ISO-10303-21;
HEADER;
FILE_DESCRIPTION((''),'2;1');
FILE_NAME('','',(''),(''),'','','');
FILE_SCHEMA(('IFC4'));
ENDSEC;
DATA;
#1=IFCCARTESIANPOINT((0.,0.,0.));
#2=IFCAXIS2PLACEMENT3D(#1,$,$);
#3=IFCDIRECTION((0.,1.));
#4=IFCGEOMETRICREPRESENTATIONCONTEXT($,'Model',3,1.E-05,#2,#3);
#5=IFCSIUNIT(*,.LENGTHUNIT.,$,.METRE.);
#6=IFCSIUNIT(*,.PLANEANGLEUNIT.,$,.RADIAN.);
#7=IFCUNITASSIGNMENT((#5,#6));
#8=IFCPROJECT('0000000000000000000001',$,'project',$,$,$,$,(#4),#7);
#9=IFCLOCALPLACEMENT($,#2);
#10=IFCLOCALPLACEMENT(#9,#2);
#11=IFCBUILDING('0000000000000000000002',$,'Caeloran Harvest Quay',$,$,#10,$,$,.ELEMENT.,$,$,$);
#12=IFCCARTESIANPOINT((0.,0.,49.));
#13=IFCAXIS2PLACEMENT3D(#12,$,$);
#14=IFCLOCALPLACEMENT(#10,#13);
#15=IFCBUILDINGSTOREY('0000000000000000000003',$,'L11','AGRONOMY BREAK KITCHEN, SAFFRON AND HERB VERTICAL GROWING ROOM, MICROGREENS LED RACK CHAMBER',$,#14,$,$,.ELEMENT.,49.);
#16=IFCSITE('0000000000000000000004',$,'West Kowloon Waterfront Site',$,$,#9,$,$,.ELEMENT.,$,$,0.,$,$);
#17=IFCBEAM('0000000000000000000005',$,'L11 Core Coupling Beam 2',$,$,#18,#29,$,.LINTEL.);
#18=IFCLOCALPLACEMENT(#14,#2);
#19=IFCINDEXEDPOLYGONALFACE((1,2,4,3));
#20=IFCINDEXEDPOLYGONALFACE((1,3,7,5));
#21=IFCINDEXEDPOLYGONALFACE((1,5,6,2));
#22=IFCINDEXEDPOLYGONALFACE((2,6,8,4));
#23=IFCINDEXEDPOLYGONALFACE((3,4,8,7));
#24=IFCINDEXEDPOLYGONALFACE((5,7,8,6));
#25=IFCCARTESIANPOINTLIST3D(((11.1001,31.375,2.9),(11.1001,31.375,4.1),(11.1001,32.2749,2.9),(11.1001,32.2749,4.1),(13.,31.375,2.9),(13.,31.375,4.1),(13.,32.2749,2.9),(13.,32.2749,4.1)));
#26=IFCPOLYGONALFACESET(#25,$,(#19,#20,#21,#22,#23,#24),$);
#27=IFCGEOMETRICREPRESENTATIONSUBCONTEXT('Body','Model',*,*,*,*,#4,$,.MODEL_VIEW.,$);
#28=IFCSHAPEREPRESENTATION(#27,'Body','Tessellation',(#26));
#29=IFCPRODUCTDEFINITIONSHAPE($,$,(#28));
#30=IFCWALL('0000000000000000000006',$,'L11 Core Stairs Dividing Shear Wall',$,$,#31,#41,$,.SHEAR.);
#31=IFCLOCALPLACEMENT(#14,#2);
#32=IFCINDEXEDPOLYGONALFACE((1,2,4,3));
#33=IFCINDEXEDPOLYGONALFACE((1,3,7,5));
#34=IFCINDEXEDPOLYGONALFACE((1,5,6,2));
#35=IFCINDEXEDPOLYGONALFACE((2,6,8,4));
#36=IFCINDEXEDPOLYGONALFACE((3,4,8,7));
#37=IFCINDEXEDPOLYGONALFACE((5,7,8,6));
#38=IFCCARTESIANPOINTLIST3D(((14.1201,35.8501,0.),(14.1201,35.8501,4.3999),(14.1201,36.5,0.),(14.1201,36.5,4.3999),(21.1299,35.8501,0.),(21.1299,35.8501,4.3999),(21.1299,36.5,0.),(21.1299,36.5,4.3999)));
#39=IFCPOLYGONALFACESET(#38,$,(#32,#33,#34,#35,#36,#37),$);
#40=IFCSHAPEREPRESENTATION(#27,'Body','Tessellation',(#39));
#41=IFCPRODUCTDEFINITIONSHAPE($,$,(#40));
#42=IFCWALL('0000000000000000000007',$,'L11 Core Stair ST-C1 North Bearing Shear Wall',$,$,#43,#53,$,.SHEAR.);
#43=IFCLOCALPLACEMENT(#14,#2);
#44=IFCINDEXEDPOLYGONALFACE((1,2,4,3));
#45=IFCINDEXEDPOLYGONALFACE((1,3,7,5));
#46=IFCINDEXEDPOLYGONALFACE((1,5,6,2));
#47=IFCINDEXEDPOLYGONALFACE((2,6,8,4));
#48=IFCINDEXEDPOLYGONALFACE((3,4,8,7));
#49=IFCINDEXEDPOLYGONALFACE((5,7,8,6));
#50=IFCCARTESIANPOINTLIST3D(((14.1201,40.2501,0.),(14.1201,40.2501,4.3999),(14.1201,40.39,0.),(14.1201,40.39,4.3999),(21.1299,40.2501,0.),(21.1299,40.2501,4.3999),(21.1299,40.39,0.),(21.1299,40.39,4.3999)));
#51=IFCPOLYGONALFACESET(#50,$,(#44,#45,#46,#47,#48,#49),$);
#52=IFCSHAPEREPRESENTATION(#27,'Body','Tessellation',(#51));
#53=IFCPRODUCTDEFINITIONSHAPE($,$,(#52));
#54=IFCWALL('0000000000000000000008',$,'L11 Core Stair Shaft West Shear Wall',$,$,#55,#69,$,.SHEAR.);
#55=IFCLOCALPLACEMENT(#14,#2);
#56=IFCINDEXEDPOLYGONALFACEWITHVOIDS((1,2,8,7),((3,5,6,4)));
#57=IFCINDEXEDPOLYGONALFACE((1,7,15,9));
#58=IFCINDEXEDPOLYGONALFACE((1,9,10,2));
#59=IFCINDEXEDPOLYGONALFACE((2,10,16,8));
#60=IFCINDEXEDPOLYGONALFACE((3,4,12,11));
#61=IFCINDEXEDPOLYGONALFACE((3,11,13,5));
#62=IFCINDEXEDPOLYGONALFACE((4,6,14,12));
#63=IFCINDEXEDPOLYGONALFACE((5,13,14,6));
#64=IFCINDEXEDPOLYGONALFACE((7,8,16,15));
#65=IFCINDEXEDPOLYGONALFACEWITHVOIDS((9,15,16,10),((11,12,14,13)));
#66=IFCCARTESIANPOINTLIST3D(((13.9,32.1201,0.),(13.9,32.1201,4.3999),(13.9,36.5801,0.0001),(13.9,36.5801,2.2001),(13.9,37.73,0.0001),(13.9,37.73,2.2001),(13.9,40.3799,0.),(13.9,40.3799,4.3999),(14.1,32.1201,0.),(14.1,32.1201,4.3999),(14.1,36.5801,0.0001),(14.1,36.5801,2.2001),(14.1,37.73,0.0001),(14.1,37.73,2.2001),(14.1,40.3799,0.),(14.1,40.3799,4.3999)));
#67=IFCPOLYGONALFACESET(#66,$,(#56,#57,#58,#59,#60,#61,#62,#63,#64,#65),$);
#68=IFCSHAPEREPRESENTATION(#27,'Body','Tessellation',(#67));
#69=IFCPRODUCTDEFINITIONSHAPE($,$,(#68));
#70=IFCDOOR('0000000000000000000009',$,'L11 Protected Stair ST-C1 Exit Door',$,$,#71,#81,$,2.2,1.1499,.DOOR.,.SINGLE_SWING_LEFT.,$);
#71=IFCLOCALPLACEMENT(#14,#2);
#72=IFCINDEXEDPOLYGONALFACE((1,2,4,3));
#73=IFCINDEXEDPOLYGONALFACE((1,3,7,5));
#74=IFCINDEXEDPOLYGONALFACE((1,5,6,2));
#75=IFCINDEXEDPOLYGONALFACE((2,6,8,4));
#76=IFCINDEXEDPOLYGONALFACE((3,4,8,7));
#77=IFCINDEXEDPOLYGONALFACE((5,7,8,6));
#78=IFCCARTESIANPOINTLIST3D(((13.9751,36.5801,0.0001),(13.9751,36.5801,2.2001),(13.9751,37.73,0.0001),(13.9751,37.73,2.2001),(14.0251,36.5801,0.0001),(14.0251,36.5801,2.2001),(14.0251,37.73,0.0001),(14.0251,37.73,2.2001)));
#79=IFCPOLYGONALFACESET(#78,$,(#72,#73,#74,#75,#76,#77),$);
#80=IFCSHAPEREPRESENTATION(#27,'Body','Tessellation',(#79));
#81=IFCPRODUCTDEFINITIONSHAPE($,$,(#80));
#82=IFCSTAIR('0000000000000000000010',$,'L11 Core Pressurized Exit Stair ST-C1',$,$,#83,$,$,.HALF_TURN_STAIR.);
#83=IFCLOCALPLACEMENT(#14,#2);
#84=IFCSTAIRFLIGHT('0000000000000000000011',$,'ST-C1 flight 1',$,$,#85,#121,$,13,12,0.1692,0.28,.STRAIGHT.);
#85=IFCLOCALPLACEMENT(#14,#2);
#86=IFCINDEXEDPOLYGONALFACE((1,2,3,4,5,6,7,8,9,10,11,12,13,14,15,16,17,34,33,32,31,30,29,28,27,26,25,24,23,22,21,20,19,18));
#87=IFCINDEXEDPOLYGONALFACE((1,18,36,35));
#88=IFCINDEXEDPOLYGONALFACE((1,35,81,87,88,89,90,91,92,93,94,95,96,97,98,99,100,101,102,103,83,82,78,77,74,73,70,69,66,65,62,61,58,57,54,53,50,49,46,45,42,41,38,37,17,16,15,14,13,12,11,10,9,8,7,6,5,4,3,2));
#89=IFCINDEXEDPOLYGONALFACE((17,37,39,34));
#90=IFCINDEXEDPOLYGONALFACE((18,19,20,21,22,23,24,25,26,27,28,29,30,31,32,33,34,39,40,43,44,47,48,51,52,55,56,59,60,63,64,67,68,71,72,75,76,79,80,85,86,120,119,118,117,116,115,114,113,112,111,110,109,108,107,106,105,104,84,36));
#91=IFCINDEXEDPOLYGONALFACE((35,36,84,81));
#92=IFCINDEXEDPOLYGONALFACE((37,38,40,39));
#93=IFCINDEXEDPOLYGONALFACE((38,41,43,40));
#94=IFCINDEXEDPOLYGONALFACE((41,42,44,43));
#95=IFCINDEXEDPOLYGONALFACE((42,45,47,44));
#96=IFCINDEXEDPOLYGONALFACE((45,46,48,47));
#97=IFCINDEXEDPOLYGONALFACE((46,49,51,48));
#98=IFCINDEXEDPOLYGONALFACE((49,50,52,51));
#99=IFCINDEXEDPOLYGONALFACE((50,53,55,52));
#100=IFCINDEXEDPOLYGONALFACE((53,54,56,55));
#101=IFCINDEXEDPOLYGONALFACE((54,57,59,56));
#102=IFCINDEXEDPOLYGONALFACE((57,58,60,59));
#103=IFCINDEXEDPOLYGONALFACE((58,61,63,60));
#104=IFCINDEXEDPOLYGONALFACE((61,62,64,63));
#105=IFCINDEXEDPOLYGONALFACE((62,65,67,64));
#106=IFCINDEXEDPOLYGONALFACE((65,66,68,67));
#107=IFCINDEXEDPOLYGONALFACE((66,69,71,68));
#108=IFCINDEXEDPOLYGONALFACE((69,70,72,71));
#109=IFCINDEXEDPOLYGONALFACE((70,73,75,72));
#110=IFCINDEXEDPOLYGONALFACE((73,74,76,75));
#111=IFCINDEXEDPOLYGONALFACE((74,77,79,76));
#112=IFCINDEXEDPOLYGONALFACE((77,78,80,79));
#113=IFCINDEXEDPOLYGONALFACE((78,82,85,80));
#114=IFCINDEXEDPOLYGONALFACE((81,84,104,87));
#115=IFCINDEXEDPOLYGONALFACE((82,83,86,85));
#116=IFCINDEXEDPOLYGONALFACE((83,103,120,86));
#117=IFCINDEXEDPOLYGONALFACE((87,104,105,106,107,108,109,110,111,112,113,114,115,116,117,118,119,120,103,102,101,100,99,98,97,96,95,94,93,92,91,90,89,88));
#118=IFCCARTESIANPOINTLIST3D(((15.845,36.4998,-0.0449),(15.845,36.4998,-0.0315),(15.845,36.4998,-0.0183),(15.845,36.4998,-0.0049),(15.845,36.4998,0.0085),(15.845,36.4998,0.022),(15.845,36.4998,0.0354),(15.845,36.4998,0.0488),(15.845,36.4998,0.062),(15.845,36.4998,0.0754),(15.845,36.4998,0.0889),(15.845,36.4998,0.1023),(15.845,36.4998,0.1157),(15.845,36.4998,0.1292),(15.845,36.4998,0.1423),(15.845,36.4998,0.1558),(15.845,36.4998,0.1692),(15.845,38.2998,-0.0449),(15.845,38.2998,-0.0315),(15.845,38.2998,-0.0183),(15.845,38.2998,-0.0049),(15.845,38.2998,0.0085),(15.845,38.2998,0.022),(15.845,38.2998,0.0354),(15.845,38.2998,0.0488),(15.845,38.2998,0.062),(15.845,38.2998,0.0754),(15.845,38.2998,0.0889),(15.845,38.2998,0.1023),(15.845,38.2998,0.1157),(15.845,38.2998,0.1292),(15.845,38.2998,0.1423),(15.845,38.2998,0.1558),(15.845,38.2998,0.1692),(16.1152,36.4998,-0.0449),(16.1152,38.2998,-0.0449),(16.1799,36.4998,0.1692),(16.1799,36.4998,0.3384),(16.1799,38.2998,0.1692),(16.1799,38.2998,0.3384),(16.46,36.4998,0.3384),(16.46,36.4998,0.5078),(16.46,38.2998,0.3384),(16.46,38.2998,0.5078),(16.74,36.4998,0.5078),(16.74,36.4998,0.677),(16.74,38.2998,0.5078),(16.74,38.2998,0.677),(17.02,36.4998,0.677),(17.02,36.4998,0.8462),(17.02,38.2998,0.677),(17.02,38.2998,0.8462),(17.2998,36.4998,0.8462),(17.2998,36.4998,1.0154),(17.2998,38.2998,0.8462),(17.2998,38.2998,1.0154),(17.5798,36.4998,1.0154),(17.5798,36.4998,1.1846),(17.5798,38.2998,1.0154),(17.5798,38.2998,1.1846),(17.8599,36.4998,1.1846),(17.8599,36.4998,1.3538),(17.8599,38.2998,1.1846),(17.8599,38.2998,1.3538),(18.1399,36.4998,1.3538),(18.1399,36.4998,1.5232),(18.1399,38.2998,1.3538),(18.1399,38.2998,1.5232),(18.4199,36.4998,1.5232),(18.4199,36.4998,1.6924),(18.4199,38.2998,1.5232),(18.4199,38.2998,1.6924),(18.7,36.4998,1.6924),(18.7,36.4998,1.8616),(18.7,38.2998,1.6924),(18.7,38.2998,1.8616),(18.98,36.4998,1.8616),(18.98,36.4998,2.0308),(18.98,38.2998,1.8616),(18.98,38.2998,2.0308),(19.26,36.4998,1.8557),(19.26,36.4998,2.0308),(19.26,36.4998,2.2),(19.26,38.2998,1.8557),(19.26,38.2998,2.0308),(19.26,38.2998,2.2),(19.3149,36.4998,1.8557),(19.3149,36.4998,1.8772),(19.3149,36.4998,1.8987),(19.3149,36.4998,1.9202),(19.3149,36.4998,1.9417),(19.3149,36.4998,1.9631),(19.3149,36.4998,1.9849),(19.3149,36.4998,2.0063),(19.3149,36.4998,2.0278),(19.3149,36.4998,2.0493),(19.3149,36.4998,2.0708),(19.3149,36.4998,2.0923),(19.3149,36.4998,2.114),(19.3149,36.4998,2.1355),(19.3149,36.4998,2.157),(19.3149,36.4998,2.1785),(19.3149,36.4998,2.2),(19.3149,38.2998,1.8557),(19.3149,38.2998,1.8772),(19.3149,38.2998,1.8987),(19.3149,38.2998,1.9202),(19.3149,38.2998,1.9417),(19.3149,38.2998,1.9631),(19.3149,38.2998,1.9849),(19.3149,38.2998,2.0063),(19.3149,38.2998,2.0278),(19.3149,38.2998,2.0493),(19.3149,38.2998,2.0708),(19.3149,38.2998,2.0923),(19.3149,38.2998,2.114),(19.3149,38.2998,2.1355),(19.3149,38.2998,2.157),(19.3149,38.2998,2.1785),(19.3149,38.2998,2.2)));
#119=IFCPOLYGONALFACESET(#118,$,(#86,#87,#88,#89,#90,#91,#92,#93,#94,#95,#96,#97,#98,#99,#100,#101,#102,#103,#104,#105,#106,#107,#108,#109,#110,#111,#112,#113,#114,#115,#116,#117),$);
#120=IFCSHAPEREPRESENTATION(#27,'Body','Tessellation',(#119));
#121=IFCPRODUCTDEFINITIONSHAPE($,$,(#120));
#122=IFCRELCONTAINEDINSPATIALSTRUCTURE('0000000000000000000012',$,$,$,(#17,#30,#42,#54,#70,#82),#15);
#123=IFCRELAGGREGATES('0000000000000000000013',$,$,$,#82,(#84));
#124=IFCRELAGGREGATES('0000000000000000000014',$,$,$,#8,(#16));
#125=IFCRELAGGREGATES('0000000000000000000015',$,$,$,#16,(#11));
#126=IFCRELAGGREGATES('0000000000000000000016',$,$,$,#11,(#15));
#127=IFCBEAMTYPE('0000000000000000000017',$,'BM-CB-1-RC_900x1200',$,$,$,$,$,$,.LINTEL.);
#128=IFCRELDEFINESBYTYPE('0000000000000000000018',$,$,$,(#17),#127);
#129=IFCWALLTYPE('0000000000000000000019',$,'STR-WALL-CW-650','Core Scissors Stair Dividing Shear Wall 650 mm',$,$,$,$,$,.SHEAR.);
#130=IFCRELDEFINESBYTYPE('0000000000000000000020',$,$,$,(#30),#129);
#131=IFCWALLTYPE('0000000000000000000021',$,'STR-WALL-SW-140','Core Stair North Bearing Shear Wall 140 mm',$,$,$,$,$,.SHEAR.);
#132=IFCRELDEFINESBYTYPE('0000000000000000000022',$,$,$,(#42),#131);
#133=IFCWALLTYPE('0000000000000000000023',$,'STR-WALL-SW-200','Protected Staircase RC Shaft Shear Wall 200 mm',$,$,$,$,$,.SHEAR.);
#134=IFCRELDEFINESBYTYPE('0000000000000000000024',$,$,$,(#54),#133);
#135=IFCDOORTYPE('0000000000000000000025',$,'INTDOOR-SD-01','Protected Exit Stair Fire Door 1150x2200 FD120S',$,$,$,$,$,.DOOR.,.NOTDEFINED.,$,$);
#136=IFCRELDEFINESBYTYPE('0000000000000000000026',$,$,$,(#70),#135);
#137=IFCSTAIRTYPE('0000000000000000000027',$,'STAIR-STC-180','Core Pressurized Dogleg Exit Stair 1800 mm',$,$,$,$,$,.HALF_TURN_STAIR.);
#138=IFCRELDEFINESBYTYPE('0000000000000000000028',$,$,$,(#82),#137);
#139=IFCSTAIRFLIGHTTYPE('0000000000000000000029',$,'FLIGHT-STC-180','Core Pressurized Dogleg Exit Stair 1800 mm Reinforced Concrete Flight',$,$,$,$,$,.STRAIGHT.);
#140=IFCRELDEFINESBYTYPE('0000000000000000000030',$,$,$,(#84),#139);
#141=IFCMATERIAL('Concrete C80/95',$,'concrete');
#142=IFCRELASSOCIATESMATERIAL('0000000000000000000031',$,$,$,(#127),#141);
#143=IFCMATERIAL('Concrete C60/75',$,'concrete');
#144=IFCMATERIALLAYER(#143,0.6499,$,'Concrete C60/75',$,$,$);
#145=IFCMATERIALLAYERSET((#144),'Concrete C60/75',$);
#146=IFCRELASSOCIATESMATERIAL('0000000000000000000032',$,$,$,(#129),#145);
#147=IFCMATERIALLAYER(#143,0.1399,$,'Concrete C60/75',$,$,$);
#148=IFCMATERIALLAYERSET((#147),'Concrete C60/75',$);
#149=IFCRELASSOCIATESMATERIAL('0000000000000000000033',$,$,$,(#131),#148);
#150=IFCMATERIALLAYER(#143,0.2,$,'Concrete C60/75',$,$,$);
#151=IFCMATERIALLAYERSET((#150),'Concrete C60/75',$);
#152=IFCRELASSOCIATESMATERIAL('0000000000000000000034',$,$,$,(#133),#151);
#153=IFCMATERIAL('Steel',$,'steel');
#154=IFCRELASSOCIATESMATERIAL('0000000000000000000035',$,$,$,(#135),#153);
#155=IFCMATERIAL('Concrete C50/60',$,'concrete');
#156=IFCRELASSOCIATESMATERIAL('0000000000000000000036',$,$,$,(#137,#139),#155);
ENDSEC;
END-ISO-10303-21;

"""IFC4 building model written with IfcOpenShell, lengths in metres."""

from ifc_helpers import new_model, si_unit, direction, frame, frame_2d, origin, origin_2d, place, context, subcontext, project, spatial, polyline, rectangle, outline, extrude, material, layer, layer_set, material_profile, profile_set, type_object, element, fill, aggregate, save


model = new_model("IFC4")

# Units and contexts
model_context = context("Model", 3, precision=1e-05, world=origin(), true_north=direction((0.0, 1.0)))
body_context = subcontext(model_context, "Body", "Model", "MODEL_VIEW")
ifc_project = project(units=[si_unit("LENGTHUNIT", "METRE"), si_unit("PLANEANGLEUNIT", "RADIAN")], contexts=[model_context])

# Site, building, storey
site_placement = place(None, origin())
site = spatial("IfcSite", under=ifc_project, at=site_placement, Name="West Kowloon Waterfront Site", CompositionType="ELEMENT", RefElevation=0.0)
building_placement = place(site_placement, origin())
building = spatial("IfcBuilding", under=site, at=building_placement, Name="Caeloran Harvest Quay", CompositionType="ELEMENT")
storey_placement = place(building_placement, frame((0.0, 0.0, 49.0)))
storey = spatial("IfcBuildingStorey", under=building, at=storey_placement, Name="L11", Description="AGRONOMY BREAK KITCHEN, SAFFRON AND HERB VERTICAL GROWING ROOM, MICROGREENS LED RACK CHAMBER", CompositionType="ELEMENT", Elevation=49.0)

# Beam
ifc_material_1 = material(Name="Concrete C80/95", Category="concrete")
ifc_material_profile = material_profile(ifc_material_1, rectangle(XDim=0.8999, YDim=1.2, at=origin_2d()), Name="RC 900x1200")
ifc_profile_set = profile_set([ifc_material_profile], Name="Concrete C80/95")
beam_type = type_object("IfcBeamType", Name="BM-CB-1-RC_900x1200", PredefinedType="LINTEL", material=ifc_profile_set)
beam_placement = place(storey_placement, frame((11.1001, 31.825, 3.5), z_axis=(1.0, 0.0, 0.0), x_axis=(0.0, 1.0, 0.0)))
element("IfcBeam", 1, at=beam_placement, inside=storey, type_object=beam_type, Name="L11 Core Coupling Beam 2", PredefinedType="LINTEL", context=body_context, shape_type="SweptSolid", body=[
    extrude(rectangle(XDim=0.8999, YDim=1.2, at=origin_2d()), origin(), (0.0, 0.0, 1.0), 1.8999),
])

# Walls
ifc_material_2 = material(Name="Concrete C60/75", Category="concrete")
ifc_layer_1 = layer(ifc_material_2, 0.6499, Name="Concrete C60/75")
ifc_layer_set_1 = layer_set([ifc_layer_1], Name="Concrete C60/75")
wall_type_1 = type_object("IfcWallType", Name="STR-WALL-CW-650", Description="Core Scissors Stair Dividing Shear Wall 650 mm", PredefinedType="SHEAR", material=ifc_layer_set_1)
wall_1_placement = place(storey_placement, frame((14.1201, 36.175, 0.0), z_axis=(0.0, 0.0, 1.0), x_axis=(1.0, 0.0, 0.0)))
element("IfcWall", 2, at=wall_1_placement, inside=storey, type_object=wall_type_1, Name="L11 Core Stairs Dividing Shear Wall", PredefinedType="SHEAR", context=body_context, shape_type="SweptSolid", body=[
    extrude(rectangle(XDim=7.0098, YDim=0.6499, at=frame_2d((3.5049, 0.0))), origin(), (0.0, 0.0, 1.0), 4.3999),
])
ifc_layer_2 = layer(ifc_material_2, 0.1399, Name="Concrete C60/75")
ifc_layer_set_2 = layer_set([ifc_layer_2], Name="Concrete C60/75")
wall_type_2 = type_object("IfcWallType", Name="STR-WALL-SW-140", Description="Core Stair North Bearing Shear Wall 140 mm", PredefinedType="SHEAR", material=ifc_layer_set_2)
wall_2_placement = place(storey_placement, frame((14.1201, 40.3201, 0.0), z_axis=(0.0, 0.0, 1.0), x_axis=(1.0, 0.0, 0.0)))
element("IfcWall", 3, at=wall_2_placement, inside=storey, type_object=wall_type_2, Name="L11 Core Stair ST-C1 North Bearing Shear Wall", PredefinedType="SHEAR", context=body_context, shape_type="SweptSolid", body=[
    extrude(rectangle(XDim=7.0098, YDim=0.1399, at=frame_2d((3.5049, 0.0))), origin(), (0.0, 0.0, 1.0), 4.3999),
])

# Wall, opening, door
ifc_layer_3 = layer(ifc_material_2, 0.2, Name="Concrete C60/75")
ifc_layer_set_3 = layer_set([ifc_layer_3], Name="Concrete C60/75")
wall_type_3 = type_object("IfcWallType", Name="STR-WALL-SW-200", Description="Protected Staircase RC Shaft Shear Wall 200 mm", PredefinedType="SHEAR", material=ifc_layer_set_3)
wall_3_placement = place(storey_placement, frame((14.0, 32.1201, 0.0), z_axis=(0.0, 0.0, 1.0), x_axis=(0.0, 1.0, 0.0)))
wall_3 = element("IfcWall", 4, at=wall_3_placement, inside=storey, type_object=wall_type_3, Name="L11 Core Stair Shaft West Shear Wall", PredefinedType="SHEAR", context=body_context, shape_type="SweptSolid", body=[
    extrude(rectangle(XDim=8.2598, YDim=0.2, at=frame_2d((4.1299, 0.0))), origin(), (0.0, 0.0, 1.0), 4.3999),
])
opening_placement = place(wall_3_placement, frame((4.46, 0.0, 0.0)))
opening = element("IfcOpeningElement", 5, at=opening_placement, cuts=wall_3, PredefinedType="OPENING", context=body_context, shape_type="SweptSolid", body=[
    extrude(rectangle(XDim=1.1499, YDim=2.2, at=frame_2d((0.575, 1.1001))), frame((0.0, 0.1099, 0.0), z_axis=(0.0, -1.0, 0.0), x_axis=(1.0, 0.0, 0.0)), (0.0, 0.0, 1.0), 0.22),
])
ifc_material_3 = material(Name="Steel", Category="steel")
door_type = type_object("IfcDoorType", Name="INTDOOR-SD-01", Description="Protected Exit Stair Fire Door 1150x2200 FD120S", OperationType="NOTDEFINED", PredefinedType="DOOR", material=ifc_material_3)
door_placement = place(opening_placement, origin())
door = element("IfcDoor", 6, at=door_placement, inside=storey, type_object=door_type, Name="L11 Protected Stair ST-C1 Exit Door", OperationType="SINGLE_SWING_LEFT", OverallHeight=2.2, OverallWidth=1.1499, PredefinedType="DOOR", context=body_context, shape_type="SweptSolid", body=[
    extrude(rectangle(XDim=1.1499, YDim=2.2, at=frame_2d((0.575, 1.1001))), frame((0.0, 0.0249, 0.0), z_axis=(0.0, -1.0, 0.0), x_axis=(1.0, 0.0, 0.0)), (0.0, 0.0, 1.0), 0.05),
])
fill(opening, door)

# Stair, stair flight
ifc_material_4 = material(Name="Concrete C50/60", Category="concrete")
stair_type = type_object("IfcStairType", Name="STAIR-STC-180", Description="Core Pressurized Dogleg Exit Stair 1800 mm", PredefinedType="HALF_TURN_STAIR", material=ifc_material_4)
stair_1_placement = place(storey_placement, origin())
stair_1 = element("IfcStair", 7, at=stair_1_placement, inside=storey, type_object=stair_type, Name="L11 Core Pressurized Exit Stair ST-C1", PredefinedType="HALF_TURN_STAIR")
stair_flight_type = type_object("IfcStairFlightType", Name="FLIGHT-STC-180", Description="Core Pressurized Dogleg Exit Stair 1800 mm Reinforced Concrete Flight", PredefinedType="STRAIGHT", material=ifc_material_4)
stair_flight_1_placement = place(storey_placement, frame((15.8999, 37.3999, 0.0), z_axis=(0.0, 0.0, 1.0), x_axis=(1.0, 0.0, 0.0)))
stair_flight_1 = element("IfcStairFlight", 8, at=stair_flight_1_placement, type_object=stair_flight_type, Name="ST-C1 flight 1", NumberOfRisers=13, NumberOfTreads=12, PredefinedType="STRAIGHT", RiserHeight=0.1692, TreadLength=0.28, context=body_context, shape_type="SweptSolid", body=[
    extrude(outline(polyline([(-0.0549, -0.0449), (-0.0549, -0.0315), (-0.0549, -0.0183), (-0.0549, -0.0049), (-0.0549, 0.0085), (-0.0549, 0.022), (-0.0549, 0.0354), (-0.0549, 0.0488), (-0.0549, 0.062), (-0.0549, 0.0754), (-0.0549, 0.0889), (-0.0549, 0.1023), (-0.0549, 0.1157), (-0.0549, 0.1292), (-0.0549, 0.1423), (-0.0549, 0.1558), (-0.0549, 0.1692), (0.28, 0.1692), (0.28, 0.3384), (0.5601, 0.3384), (0.5601, 0.5078), (0.8401, 0.5078), (0.8401, 0.677), (1.1201, 0.677), (1.1201, 0.8462), (1.3999, 0.8462), (1.3999, 1.0154), (1.6799, 1.0154), (1.6799, 1.1846), (1.96, 1.1846), (1.96, 1.3538), (2.24, 1.3538), (2.24, 1.5232), (2.52, 1.5232), (2.52, 1.6924), (2.8, 1.6924), (2.8, 1.8616), (3.0801, 1.8616), (3.0801, 2.0308), (3.3601, 2.0308), (3.3601, 2.2), (3.415, 2.2), (3.415, 2.1785), (3.415, 2.157), (3.415, 2.1355), (3.415, 2.114), (3.415, 2.0923), (3.415, 2.0708), (3.415, 2.0493), (3.415, 2.0278), (3.415, 2.0063), (3.415, 1.9849), (3.415, 1.9631), (3.415, 1.9417), (3.415, 1.9202), (3.415, 1.8987), (3.415, 1.8772), (3.415, 1.8557), (3.3601, 1.8557), (0.2153, -0.0449), (-0.0549, -0.0449)])), frame((0.0, 0.8999, 0.0), z_axis=(0.0, -1.0, 0.0), x_axis=(1.0, 0.0, 0.0)), (0.0, 0.0, 1.0), 1.8),
])
aggregate(stair_1, [stair_flight_1])

save(model, "model.ifc")
